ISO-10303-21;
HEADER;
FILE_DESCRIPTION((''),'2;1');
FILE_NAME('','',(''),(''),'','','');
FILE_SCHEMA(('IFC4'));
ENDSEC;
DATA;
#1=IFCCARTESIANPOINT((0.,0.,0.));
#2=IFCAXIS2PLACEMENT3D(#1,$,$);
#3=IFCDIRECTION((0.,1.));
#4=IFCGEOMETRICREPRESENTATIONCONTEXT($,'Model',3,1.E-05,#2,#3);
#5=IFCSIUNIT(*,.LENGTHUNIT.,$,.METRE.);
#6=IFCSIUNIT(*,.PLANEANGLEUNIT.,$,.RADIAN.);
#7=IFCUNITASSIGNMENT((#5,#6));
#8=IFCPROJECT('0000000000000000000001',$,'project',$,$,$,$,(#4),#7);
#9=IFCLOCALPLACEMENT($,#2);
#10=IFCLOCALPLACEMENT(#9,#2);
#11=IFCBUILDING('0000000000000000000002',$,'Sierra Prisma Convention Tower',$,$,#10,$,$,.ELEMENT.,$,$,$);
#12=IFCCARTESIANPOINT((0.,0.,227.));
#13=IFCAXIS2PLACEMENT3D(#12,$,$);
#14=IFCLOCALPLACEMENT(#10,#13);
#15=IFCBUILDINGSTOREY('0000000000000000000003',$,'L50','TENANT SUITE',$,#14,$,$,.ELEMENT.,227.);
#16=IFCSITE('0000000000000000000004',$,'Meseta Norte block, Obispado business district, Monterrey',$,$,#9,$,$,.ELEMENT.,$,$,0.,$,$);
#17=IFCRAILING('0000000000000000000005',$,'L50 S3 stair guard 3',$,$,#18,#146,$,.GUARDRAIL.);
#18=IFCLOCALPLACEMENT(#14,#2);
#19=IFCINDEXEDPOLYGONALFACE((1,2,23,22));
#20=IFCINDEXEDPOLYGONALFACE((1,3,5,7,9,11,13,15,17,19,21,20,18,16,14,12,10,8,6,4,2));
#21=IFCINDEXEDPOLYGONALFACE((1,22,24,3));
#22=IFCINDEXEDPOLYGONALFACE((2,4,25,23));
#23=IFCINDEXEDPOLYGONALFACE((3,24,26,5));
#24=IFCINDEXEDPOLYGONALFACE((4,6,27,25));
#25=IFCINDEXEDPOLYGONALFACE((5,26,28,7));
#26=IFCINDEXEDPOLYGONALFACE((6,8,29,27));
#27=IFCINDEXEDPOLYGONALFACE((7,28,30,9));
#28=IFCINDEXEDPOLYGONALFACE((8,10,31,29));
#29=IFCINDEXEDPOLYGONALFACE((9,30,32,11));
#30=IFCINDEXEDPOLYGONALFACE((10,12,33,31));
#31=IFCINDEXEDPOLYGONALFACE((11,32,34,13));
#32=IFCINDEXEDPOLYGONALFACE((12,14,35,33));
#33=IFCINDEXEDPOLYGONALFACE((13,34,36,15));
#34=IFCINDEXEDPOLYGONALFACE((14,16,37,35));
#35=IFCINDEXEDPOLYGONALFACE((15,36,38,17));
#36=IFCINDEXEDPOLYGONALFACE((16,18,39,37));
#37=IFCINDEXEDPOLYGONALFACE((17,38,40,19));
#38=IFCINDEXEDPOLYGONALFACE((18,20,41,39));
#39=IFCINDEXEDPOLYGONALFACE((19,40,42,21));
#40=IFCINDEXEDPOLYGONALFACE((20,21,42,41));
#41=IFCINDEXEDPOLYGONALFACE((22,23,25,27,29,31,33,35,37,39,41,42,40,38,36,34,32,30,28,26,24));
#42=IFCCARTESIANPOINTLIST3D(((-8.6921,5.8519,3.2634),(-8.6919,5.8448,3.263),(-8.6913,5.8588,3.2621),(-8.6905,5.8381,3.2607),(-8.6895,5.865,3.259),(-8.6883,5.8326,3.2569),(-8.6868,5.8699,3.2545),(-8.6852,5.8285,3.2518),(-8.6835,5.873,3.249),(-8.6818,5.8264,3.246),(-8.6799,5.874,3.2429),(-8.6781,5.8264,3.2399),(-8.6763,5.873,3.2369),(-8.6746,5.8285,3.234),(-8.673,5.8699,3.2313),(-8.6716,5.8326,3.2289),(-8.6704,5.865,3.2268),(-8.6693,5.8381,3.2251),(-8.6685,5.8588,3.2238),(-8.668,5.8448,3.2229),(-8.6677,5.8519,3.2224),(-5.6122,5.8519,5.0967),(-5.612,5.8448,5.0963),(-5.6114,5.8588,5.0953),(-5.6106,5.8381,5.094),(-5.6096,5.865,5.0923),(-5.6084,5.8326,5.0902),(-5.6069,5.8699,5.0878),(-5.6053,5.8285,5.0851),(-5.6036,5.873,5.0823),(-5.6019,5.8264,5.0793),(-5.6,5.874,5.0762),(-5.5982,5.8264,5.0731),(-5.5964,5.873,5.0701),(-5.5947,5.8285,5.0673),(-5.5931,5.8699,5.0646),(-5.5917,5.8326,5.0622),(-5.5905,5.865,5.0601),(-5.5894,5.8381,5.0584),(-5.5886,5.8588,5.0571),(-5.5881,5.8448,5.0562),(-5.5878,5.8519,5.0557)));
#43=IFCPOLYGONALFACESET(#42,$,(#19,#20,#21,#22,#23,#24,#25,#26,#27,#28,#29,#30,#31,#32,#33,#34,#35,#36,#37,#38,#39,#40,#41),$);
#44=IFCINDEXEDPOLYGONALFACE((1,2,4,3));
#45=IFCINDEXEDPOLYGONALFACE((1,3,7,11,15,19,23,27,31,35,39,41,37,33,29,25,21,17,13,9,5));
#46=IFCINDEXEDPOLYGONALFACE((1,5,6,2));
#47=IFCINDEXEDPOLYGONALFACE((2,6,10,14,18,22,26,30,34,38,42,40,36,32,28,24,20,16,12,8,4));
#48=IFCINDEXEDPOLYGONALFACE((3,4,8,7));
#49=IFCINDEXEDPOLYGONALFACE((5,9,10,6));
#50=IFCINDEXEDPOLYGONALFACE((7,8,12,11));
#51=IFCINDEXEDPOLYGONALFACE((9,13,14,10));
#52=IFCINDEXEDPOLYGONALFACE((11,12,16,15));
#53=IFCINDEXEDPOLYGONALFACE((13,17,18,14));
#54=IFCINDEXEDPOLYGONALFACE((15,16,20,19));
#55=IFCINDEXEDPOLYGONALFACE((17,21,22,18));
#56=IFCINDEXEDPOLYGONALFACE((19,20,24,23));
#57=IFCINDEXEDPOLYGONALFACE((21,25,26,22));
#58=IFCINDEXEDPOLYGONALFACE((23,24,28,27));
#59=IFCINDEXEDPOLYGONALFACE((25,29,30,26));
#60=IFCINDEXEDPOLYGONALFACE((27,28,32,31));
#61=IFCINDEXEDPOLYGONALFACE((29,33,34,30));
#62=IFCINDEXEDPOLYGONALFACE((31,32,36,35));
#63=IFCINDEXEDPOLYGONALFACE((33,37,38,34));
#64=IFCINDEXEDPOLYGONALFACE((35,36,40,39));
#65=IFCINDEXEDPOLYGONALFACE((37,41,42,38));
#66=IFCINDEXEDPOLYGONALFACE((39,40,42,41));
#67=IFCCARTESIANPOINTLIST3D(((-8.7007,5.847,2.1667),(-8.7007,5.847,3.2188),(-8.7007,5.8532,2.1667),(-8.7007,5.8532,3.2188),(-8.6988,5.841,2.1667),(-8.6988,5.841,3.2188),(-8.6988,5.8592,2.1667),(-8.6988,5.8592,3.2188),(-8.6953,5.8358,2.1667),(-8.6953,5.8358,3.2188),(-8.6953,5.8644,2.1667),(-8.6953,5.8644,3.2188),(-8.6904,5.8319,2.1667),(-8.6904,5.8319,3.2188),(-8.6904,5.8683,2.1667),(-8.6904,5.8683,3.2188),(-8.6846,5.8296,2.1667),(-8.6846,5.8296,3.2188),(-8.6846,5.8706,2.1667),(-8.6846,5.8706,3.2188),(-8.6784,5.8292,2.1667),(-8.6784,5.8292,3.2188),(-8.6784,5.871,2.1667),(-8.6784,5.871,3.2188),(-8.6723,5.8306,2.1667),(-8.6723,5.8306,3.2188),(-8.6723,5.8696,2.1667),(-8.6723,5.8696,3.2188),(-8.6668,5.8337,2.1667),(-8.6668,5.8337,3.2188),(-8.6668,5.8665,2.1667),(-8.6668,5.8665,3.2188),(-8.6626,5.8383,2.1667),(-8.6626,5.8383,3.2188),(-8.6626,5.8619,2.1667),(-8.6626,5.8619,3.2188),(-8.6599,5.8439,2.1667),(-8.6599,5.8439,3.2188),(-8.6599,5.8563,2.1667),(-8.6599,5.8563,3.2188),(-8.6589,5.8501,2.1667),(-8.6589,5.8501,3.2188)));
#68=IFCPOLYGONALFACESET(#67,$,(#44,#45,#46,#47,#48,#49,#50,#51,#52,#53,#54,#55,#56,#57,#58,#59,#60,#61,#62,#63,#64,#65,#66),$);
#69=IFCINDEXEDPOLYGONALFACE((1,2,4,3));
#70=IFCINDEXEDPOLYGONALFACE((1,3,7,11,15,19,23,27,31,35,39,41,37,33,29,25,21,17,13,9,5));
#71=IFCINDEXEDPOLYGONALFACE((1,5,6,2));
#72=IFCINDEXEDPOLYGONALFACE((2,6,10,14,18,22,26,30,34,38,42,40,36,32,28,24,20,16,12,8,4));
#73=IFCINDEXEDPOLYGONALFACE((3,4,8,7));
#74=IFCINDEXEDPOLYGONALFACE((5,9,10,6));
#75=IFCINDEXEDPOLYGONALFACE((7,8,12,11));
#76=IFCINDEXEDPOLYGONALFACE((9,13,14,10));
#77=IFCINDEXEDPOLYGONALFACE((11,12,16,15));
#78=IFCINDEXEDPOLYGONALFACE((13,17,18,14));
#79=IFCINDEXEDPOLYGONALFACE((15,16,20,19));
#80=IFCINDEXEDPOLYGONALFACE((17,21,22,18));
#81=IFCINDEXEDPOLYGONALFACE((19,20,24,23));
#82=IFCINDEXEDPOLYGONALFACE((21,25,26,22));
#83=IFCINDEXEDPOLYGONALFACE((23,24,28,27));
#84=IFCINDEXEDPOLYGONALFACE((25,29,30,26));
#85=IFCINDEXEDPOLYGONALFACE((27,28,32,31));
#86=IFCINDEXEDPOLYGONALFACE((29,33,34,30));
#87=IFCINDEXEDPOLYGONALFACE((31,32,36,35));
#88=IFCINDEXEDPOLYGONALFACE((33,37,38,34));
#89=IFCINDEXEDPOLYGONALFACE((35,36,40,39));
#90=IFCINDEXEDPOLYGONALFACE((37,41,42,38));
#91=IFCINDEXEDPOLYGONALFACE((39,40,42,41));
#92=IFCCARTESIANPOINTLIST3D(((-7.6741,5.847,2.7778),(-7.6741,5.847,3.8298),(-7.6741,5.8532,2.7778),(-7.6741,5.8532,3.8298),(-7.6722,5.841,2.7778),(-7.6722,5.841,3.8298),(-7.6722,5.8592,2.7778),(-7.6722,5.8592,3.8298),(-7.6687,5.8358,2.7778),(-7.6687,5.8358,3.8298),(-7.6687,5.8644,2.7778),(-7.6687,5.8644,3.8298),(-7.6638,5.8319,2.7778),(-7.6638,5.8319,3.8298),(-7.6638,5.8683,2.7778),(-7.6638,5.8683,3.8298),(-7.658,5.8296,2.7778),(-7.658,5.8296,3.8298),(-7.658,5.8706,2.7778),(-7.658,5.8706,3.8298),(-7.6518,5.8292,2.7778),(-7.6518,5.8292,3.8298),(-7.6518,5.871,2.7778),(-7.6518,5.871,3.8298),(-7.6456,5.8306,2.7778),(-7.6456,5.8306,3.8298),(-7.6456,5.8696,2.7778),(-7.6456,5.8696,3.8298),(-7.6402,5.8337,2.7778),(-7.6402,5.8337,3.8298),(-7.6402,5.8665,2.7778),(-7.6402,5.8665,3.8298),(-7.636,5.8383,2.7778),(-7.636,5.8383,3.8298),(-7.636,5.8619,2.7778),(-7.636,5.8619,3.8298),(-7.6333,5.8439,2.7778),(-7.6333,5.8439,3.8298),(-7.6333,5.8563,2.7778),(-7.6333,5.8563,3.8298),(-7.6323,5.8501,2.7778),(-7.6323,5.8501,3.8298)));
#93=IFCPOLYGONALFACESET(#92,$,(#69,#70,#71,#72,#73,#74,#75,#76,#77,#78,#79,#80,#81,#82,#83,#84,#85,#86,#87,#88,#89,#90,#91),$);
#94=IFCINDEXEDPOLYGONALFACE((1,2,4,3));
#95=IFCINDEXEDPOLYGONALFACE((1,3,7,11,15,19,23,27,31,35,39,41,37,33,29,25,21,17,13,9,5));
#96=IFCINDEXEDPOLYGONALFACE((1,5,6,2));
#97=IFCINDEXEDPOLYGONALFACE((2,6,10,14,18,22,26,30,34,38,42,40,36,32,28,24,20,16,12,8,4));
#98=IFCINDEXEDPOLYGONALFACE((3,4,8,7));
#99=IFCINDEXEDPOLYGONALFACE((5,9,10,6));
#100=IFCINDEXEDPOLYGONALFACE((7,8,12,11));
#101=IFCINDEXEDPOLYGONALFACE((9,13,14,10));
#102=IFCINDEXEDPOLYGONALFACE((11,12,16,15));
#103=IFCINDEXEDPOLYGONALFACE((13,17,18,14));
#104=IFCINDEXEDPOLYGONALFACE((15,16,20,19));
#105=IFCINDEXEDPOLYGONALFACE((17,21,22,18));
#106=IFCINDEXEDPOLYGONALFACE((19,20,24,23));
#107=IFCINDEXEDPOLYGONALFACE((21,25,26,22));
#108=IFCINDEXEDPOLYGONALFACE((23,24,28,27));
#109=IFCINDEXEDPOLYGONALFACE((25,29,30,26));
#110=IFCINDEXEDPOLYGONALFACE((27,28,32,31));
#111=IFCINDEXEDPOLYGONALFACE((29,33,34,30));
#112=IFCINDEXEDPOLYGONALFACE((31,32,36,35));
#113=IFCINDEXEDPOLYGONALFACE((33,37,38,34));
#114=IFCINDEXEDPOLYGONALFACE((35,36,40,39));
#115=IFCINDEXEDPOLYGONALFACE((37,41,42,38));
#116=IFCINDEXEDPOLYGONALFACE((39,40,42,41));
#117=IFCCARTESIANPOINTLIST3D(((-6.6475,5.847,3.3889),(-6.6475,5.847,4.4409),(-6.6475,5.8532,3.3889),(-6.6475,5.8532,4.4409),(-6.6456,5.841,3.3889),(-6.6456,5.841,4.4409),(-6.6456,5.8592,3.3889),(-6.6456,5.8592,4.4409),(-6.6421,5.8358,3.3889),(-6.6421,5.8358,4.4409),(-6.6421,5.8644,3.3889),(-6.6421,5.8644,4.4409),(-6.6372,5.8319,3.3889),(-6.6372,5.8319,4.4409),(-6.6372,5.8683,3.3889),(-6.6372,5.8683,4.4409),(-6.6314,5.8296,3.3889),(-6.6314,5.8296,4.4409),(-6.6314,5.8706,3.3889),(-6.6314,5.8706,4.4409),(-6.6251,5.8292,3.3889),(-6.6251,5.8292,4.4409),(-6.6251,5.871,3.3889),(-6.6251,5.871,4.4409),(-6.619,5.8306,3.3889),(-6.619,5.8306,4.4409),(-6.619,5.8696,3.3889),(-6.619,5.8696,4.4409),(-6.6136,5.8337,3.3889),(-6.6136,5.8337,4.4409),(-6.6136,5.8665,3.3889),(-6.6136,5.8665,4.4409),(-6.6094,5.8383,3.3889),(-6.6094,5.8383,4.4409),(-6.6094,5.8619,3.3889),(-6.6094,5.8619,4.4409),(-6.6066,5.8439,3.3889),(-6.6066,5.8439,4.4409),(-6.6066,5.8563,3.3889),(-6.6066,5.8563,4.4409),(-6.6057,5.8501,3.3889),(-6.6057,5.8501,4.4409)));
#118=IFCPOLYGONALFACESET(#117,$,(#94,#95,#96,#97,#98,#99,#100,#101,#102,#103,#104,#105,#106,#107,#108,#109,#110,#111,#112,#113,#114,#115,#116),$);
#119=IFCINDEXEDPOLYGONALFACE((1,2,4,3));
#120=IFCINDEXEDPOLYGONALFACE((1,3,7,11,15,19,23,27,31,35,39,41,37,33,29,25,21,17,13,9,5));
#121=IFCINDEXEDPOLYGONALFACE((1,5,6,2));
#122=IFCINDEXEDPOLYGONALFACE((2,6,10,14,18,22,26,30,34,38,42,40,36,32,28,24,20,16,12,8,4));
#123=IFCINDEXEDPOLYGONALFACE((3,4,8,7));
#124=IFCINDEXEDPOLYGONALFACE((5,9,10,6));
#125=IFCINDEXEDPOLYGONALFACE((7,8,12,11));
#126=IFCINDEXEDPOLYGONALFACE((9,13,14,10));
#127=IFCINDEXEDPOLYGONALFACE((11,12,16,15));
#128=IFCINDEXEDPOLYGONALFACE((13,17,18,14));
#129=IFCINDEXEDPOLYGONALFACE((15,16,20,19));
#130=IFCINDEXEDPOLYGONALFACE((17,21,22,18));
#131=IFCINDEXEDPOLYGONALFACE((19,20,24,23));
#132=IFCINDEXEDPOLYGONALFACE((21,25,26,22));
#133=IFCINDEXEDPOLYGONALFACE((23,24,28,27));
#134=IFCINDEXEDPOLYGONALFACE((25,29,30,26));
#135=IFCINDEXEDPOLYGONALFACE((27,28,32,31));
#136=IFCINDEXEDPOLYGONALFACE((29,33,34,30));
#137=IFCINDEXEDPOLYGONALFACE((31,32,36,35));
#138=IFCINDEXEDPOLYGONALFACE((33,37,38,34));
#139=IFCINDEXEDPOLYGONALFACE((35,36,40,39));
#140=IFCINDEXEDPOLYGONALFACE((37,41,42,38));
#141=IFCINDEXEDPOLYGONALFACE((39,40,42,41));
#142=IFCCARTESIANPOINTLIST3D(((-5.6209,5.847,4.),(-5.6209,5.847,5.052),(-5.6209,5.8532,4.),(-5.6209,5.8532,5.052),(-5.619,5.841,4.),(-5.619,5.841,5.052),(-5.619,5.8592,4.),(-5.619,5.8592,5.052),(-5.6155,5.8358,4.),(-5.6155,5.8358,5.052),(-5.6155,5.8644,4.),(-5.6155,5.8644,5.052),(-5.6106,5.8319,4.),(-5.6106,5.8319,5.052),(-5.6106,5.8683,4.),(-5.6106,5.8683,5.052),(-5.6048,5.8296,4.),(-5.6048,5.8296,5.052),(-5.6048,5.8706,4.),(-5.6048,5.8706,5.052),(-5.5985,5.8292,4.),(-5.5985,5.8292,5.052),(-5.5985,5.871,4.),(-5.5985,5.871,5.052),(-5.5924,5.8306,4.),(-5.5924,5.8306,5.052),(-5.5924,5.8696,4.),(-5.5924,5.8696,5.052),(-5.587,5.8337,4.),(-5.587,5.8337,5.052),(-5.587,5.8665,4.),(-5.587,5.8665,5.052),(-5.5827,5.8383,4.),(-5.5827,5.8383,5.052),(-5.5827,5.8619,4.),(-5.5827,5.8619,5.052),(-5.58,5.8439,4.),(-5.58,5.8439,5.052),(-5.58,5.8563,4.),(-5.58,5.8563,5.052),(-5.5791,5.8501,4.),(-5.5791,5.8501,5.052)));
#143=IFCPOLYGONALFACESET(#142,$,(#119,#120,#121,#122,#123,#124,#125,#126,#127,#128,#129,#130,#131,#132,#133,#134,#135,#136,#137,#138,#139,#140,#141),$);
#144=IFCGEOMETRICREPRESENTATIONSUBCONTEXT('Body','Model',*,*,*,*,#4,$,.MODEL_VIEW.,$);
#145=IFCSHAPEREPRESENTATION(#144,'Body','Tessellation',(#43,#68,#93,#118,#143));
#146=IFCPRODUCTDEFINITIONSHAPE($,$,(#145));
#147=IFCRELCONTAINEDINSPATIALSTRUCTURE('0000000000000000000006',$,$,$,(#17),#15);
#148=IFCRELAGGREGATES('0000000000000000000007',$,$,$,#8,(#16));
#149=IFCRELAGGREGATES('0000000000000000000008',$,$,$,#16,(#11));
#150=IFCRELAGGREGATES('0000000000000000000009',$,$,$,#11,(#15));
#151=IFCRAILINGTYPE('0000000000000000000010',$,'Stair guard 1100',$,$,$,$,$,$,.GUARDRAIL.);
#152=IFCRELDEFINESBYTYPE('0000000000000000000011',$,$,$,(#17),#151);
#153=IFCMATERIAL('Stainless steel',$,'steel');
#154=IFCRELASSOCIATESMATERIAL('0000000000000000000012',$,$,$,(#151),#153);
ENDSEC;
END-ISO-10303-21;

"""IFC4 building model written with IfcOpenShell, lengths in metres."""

from ifc_helpers import new_model, si_unit, direction, frame, origin, origin_2d, place, context, subcontext, project, spatial, circle, extrude, material, type_object, element, save


model = new_model("IFC4")

# Units and contexts
model_context = context("Model", 3, precision=1e-05, world=origin(), true_north=direction((0.0, 1.0)))
body_context = subcontext(model_context, "Body", "Model", "MODEL_VIEW")
ifc_project = project(units=[si_unit("LENGTHUNIT", "METRE"), si_unit("PLANEANGLEUNIT", "RADIAN")], contexts=[model_context])

# Site, building, storey
site_placement = place(None, origin())
site = spatial("IfcSite", under=ifc_project, at=site_placement, Name="Meseta Norte block, Obispado business district, Monterrey", CompositionType="ELEMENT", RefElevation=0.0)
building_placement = place(site_placement, origin())
building = spatial("IfcBuilding", under=site, at=building_placement, Name="Sierra Prisma Convention Tower", CompositionType="ELEMENT")
storey_placement = place(building_placement, frame((0.0, 0.0, 227.0)))
storey = spatial("IfcBuildingStorey", under=building, at=storey_placement, Name="L50", Description="TENANT SUITE", CompositionType="ELEMENT", Elevation=227.0)

# Railing
ifc_material_1 = material(Name="Stainless steel", Category="steel")
railing_type_1 = type_object("IfcRailingType", Name="Stair guard 1100", PredefinedType="GUARDRAIL", material=ifc_material_1)
railing_1_placement = place(storey_placement, frame((-8.6799, 5.8501, 2.1667)))
element("IfcRailing", 1, at=railing_1_placement, inside=storey, type_object=railing_type_1, Name="L50 S3 stair guard 3", PredefinedType="GUARDRAIL", context=body_context, shape_type="SweptSolid", body=[
    extrude(circle(Radius=0.0239, at=origin_2d()), frame((0.0, 0.0, 1.0762), z_axis=(0.859291, 0.0, 0.511487), x_axis=(0.0, 1.0, 0.0)), (0.0, 0.0, 1.0), 3.5842),
    extrude(circle(Radius=0.021, at=origin_2d()), origin(), (0.0, 0.0, 1.0), 1.052),
    extrude(circle(Radius=0.021, at=origin_2d()), frame((1.0266, 0.0, 0.6111)), (0.0, 0.0, 1.0), 1.052),
    extrude(circle(Radius=0.021, at=origin_2d()), frame((2.0532, 0.0, 1.2222)), (0.0, 0.0, 1.0), 1.052),
    extrude(circle(Radius=0.021, at=origin_2d()), frame((3.0798, 0.0, 1.8333)), (0.0, 0.0, 1.0), 1.052),
])

save(model, "model.ifc")
